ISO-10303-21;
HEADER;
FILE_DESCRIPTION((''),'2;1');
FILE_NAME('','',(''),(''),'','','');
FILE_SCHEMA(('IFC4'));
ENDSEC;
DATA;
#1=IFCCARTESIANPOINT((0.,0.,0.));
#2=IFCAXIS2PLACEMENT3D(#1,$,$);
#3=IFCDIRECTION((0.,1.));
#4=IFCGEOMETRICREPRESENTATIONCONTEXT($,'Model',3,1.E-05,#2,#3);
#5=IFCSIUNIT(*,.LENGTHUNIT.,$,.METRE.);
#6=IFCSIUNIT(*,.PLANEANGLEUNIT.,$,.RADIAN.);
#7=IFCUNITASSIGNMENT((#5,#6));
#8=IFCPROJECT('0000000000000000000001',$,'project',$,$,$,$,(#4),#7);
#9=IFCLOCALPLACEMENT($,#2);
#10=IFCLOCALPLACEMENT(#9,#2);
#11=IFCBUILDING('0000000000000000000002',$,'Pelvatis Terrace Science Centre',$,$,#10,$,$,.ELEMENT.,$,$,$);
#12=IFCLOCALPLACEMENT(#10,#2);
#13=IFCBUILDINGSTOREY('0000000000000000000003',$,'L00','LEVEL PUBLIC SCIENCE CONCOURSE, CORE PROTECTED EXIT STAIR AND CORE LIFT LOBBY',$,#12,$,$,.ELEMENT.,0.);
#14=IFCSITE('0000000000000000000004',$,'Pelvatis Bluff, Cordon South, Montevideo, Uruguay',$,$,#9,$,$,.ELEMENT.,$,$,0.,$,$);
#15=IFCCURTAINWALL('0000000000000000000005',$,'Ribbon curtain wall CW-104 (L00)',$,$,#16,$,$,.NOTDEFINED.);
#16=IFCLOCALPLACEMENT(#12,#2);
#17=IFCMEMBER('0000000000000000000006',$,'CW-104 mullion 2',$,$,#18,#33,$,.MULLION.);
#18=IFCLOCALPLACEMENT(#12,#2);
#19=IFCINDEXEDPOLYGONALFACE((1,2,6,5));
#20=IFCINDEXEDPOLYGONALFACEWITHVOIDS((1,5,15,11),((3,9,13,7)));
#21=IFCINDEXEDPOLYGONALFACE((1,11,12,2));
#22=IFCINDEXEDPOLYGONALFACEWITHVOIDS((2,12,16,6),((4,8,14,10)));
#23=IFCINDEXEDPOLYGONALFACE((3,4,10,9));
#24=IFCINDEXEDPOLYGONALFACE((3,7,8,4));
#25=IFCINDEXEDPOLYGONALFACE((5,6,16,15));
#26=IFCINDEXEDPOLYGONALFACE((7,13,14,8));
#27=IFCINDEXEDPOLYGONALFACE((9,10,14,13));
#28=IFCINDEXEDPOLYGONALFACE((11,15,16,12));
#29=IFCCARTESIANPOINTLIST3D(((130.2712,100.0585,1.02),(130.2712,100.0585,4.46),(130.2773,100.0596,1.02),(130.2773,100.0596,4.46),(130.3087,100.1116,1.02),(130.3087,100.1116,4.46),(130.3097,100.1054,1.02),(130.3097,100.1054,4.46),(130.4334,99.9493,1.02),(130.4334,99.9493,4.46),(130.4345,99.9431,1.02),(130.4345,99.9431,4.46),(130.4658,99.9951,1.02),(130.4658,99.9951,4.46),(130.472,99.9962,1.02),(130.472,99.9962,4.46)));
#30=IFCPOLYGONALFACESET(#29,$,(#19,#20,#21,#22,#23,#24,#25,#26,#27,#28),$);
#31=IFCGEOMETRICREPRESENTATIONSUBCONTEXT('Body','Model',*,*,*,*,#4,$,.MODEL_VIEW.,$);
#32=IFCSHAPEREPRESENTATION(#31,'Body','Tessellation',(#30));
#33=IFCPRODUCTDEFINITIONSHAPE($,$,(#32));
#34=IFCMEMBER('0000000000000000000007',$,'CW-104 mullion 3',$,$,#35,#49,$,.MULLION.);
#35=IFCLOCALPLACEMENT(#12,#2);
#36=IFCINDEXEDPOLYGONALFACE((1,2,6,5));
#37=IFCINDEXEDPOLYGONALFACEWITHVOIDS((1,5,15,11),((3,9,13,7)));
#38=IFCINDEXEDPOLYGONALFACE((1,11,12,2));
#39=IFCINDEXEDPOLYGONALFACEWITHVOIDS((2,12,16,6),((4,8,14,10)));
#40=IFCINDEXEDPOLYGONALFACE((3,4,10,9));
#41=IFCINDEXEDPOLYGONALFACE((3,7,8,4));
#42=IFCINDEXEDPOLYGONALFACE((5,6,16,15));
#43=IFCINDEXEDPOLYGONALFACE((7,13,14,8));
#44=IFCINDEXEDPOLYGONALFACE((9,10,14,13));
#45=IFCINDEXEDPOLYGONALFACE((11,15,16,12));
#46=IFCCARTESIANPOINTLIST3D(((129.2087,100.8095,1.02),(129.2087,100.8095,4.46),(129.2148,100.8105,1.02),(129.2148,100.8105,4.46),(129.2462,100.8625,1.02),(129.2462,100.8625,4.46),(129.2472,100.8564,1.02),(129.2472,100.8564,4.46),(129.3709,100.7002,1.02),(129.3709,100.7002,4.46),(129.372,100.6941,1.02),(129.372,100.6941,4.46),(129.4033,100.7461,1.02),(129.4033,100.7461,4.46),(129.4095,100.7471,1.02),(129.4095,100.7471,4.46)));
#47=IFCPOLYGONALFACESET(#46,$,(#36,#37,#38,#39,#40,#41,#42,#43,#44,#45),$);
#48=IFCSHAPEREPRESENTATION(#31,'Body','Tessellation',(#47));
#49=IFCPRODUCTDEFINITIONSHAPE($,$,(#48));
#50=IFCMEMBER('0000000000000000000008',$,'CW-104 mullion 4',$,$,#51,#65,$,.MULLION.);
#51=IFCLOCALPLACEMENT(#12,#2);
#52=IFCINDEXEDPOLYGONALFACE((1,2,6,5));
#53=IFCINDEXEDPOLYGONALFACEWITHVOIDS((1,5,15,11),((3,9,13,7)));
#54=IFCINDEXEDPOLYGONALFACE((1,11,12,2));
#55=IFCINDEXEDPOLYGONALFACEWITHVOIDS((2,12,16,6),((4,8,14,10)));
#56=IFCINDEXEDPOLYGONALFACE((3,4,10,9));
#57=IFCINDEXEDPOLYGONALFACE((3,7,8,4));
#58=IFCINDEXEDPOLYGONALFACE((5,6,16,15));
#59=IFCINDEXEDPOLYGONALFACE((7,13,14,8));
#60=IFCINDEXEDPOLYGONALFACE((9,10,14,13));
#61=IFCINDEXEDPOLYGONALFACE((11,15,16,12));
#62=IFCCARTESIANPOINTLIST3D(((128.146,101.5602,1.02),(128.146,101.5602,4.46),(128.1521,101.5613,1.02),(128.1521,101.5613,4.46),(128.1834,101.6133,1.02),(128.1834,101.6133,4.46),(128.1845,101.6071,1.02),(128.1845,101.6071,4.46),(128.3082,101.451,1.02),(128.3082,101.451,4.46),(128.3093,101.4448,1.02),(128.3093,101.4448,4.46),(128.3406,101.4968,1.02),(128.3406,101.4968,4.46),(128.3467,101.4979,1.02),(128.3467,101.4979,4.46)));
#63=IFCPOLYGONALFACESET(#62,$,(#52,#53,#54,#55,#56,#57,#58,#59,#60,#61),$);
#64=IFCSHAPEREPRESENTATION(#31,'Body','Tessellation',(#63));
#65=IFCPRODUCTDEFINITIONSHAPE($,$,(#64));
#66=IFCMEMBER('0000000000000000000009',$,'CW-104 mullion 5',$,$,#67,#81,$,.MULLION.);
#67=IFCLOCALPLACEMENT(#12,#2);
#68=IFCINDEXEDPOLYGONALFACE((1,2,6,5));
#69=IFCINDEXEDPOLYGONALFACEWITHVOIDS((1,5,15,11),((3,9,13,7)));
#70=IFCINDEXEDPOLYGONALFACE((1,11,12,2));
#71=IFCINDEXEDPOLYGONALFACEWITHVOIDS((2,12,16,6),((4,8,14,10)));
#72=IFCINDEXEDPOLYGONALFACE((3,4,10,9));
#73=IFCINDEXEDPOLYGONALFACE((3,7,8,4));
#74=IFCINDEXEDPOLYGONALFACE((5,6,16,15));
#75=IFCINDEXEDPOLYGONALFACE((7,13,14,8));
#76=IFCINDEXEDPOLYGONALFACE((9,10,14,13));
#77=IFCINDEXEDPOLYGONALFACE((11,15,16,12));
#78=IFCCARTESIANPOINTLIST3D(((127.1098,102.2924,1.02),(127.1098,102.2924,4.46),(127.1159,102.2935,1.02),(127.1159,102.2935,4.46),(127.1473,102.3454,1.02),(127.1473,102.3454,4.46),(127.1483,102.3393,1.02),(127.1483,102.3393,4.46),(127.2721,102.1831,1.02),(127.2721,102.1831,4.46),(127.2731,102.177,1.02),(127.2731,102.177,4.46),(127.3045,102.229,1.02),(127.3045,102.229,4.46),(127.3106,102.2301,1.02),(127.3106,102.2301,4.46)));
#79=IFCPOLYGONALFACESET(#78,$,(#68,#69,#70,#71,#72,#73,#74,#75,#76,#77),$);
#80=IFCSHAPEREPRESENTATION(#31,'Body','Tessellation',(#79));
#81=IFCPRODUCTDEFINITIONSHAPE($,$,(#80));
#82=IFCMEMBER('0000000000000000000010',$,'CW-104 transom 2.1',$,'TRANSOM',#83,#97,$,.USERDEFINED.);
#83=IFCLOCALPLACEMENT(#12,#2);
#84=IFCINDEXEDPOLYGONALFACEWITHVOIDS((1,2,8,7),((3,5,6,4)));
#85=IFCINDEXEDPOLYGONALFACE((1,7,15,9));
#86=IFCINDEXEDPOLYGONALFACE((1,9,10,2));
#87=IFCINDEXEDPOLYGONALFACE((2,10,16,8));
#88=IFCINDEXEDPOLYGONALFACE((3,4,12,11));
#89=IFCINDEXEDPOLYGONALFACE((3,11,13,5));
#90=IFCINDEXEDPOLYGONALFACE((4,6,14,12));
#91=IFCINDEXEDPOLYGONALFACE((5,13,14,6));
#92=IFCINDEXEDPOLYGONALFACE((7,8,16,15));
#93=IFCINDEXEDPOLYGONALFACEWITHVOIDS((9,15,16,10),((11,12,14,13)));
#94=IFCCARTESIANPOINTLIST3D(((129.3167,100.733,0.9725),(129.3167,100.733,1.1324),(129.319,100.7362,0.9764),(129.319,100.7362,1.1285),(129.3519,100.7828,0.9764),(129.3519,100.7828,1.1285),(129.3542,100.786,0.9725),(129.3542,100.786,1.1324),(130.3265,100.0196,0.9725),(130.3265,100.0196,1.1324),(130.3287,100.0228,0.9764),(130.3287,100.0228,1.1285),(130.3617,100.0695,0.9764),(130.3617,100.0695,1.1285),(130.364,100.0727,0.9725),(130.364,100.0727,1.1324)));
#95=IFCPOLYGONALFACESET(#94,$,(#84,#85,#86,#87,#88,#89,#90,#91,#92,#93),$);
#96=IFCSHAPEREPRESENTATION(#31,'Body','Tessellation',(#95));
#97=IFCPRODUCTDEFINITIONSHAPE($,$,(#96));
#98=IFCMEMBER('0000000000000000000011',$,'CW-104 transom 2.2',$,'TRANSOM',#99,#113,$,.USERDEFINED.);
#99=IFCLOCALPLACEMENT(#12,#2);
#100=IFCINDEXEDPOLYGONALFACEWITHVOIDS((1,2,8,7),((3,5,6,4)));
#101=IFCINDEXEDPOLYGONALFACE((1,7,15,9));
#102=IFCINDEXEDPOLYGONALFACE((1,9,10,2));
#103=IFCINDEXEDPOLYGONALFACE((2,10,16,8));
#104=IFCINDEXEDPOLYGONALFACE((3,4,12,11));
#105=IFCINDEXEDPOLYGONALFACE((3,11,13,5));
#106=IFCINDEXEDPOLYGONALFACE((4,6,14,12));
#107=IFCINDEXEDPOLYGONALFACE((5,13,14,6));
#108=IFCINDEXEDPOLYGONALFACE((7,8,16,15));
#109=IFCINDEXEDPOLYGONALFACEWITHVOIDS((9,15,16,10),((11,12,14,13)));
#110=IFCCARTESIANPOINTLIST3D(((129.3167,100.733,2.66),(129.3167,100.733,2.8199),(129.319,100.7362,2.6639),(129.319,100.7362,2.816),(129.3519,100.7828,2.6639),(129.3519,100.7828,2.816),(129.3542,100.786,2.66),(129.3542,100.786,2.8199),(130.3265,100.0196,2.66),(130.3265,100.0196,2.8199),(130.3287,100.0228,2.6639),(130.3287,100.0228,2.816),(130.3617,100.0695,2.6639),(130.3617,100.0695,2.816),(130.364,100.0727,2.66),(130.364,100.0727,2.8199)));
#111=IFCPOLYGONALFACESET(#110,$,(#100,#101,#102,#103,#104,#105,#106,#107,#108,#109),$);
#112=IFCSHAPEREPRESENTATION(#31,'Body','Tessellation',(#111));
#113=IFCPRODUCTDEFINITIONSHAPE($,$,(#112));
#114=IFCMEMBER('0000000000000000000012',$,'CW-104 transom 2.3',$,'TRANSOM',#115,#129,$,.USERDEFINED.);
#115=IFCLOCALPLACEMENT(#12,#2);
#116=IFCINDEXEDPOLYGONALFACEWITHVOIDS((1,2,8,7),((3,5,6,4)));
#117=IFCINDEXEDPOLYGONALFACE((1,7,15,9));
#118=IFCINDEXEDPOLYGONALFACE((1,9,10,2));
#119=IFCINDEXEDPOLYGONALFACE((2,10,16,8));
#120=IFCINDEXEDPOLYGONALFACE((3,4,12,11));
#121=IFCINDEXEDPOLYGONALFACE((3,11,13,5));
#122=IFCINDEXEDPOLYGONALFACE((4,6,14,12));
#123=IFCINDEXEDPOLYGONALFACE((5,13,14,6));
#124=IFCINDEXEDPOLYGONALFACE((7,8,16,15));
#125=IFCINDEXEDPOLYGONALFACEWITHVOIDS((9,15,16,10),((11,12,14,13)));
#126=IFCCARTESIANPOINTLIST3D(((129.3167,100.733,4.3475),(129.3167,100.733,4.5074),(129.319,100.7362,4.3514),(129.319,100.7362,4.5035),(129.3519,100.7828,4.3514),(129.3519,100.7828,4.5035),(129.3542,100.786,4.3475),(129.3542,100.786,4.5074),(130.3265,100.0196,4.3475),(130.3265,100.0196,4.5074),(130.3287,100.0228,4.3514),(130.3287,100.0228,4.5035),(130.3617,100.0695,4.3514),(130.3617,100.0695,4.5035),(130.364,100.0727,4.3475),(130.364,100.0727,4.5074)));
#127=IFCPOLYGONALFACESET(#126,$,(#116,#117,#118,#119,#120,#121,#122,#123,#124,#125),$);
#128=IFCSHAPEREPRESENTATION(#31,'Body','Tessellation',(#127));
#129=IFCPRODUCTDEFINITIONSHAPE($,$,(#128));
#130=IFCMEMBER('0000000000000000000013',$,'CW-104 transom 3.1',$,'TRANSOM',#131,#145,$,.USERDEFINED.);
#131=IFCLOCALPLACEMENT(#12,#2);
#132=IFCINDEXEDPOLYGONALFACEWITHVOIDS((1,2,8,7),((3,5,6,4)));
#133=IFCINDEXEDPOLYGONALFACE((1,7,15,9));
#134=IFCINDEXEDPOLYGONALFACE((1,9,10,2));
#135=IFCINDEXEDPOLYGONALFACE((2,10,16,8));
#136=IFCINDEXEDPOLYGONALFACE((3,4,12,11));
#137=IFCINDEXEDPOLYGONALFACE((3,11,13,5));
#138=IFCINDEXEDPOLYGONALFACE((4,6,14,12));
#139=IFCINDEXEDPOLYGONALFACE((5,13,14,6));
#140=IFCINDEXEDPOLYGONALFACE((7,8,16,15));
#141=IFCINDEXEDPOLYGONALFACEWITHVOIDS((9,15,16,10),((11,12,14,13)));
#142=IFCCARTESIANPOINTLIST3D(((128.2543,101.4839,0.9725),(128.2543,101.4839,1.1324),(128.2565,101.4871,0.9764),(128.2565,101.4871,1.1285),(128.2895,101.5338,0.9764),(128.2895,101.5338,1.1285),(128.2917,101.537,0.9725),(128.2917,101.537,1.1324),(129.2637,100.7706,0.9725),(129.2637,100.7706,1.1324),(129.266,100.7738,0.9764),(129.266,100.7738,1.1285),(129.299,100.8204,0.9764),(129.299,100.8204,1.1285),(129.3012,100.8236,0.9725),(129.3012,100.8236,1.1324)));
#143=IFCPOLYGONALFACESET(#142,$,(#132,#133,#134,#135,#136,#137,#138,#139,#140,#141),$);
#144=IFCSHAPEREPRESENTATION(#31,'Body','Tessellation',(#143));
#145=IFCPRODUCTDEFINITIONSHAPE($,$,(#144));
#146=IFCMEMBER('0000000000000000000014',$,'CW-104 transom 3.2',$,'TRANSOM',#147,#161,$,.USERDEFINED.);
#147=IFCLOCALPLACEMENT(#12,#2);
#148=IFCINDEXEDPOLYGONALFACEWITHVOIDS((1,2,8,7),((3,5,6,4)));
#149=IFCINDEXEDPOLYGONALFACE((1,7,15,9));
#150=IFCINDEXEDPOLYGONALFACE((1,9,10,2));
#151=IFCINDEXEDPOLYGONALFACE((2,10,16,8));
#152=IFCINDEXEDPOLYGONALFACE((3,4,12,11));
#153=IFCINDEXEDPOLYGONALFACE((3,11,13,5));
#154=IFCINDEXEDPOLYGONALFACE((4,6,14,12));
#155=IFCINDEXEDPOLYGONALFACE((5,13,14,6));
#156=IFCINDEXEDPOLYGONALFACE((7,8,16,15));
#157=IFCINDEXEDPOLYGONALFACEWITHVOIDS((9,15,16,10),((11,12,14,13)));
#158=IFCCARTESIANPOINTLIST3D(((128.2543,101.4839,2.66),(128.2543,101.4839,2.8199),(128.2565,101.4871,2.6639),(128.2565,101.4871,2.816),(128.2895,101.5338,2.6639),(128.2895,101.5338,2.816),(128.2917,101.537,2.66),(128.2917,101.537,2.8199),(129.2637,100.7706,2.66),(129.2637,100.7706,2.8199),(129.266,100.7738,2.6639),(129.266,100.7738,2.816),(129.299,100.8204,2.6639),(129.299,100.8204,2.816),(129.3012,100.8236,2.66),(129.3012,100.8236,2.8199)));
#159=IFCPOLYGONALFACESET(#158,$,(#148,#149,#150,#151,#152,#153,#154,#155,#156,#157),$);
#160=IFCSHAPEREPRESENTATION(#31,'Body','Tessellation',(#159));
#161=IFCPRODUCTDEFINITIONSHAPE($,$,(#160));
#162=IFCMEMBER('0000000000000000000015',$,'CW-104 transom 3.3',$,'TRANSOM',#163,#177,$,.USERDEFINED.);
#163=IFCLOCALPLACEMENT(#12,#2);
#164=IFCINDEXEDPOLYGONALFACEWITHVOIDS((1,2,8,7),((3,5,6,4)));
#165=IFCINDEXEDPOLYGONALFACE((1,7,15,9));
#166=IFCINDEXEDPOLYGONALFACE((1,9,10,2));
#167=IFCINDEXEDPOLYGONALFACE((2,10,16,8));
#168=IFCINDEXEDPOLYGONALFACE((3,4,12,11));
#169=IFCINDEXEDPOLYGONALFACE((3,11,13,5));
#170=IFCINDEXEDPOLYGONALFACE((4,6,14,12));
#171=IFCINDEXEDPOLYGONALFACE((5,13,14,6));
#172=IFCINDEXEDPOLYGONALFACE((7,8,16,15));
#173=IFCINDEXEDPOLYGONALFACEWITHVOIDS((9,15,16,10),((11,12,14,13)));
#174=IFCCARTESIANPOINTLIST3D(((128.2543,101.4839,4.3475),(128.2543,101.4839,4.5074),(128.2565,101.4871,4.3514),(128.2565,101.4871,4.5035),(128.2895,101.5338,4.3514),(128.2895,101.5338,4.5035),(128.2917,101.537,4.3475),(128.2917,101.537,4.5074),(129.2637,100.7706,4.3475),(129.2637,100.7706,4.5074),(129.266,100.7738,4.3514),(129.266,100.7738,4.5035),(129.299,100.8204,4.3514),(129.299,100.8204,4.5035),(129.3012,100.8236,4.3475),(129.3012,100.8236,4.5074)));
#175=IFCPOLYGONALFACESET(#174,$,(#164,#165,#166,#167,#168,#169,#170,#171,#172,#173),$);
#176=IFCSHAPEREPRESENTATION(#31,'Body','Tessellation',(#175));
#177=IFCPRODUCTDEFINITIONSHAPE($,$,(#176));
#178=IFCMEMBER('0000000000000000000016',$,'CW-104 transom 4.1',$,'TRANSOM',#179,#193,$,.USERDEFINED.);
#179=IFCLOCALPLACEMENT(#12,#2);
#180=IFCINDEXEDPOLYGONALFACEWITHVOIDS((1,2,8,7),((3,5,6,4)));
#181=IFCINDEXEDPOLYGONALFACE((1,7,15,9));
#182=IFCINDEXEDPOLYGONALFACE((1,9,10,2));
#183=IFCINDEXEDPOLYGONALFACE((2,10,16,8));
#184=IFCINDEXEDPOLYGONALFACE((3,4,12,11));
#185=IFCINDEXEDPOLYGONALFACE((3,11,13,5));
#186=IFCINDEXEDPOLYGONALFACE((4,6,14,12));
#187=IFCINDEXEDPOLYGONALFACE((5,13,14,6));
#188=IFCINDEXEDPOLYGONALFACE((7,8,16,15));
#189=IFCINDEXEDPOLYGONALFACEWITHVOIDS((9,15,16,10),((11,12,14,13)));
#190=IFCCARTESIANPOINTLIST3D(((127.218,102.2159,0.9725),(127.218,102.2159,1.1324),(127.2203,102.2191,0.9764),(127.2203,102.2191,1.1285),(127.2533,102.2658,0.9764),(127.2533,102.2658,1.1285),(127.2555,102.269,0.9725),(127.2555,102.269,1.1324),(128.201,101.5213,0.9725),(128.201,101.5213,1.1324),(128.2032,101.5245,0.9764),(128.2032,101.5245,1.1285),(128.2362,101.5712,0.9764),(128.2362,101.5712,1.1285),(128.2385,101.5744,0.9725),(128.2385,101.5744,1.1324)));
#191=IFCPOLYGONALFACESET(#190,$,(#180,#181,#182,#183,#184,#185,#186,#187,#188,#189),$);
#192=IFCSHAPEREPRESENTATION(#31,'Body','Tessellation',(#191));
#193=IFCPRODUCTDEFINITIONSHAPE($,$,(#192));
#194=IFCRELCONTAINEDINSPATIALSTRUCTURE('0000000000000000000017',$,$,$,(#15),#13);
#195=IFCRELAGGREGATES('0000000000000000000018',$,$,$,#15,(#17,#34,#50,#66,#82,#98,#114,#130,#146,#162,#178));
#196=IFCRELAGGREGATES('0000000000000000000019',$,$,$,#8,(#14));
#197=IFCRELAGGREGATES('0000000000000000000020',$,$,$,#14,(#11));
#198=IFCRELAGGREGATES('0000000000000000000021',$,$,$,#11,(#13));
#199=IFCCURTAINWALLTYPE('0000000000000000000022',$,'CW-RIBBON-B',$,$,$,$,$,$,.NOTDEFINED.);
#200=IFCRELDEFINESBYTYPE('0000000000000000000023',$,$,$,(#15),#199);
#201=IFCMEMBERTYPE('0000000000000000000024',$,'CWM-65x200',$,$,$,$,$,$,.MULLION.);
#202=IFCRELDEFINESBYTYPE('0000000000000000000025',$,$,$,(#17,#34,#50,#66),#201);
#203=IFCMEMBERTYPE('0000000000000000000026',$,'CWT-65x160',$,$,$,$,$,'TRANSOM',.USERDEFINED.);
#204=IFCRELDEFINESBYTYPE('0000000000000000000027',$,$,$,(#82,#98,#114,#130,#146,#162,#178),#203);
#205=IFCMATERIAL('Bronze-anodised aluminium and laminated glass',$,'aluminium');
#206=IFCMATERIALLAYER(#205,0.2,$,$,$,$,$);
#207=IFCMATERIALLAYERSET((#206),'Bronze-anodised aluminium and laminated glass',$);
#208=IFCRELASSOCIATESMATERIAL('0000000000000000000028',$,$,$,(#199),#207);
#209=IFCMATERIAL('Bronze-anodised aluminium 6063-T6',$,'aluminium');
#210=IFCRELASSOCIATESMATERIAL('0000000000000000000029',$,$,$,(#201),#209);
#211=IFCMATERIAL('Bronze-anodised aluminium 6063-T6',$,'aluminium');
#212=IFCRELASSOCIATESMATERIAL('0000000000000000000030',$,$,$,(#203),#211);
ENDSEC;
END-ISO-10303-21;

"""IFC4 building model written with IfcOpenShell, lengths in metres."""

from ifc_helpers import new_model, si_unit, direction, frame, origin, origin_2d, place, context, subcontext, project, spatial, hollow_rectangle, extrude, material, layer, layer_set, material_profile, profile_set, type_object, element, aggregate, save


model = new_model("IFC4")

# Units and contexts
model_context = context("Model", 3, precision=1e-05, world=origin(), true_north=direction((0.0, 1.0)))
body_context = subcontext(model_context, "Body", "Model", "MODEL_VIEW")
ifc_project = project(units=[si_unit("LENGTHUNIT", "METRE"), si_unit("PLANEANGLEUNIT", "RADIAN")], contexts=[model_context])

# Site, building, storey
site_placement = place(None, origin())
site = spatial("IfcSite", under=ifc_project, at=site_placement, Name="Pelvatis Bluff, Cordon South, Montevideo, Uruguay", CompositionType="ELEMENT", RefElevation=0.0)
building_placement = place(site_placement, origin())
building = spatial("IfcBuilding", under=site, at=building_placement, Name="Pelvatis Terrace Science Centre", CompositionType="ELEMENT")
storey_placement = place(building_placement, origin())
storey = spatial("IfcBuildingStorey", under=building, at=storey_placement, Name="L00", Description="LEVEL PUBLIC SCIENCE CONCOURSE, CORE PROTECTED EXIT STAIR AND CORE LIFT LOBBY", CompositionType="ELEMENT", Elevation=0.0)

# Curtain wall, members
ifc_material_1 = material(Name="Bronze-anodised aluminium and laminated glass", Category="aluminium")
ifc_layer_1 = layer(ifc_material_1, 0.2)
ifc_layer_set_1 = layer_set([ifc_layer_1], Name="Bronze-anodised aluminium and laminated glass")
curtain_wall_type = type_object("IfcCurtainWallType", Name="CW-RIBBON-B", PredefinedType="NOTDEFINED", material=ifc_layer_set_1)
curtain_wall_placement = place(storey_placement, origin())
curtain_wall = element("IfcCurtainWall", 1, at=curtain_wall_placement, inside=storey, type_object=curtain_wall_type, Name="Ribbon curtain wall CW-104 (L00)", PredefinedType="NOTDEFINED")
ifc_material_2 = material(Name="Bronze-anodised aluminium 6063-T6", Category="aluminium")
ifc_material_profile_1 = material_profile(ifc_material_2, hollow_rectangle(XDim=0.0649, YDim=0.2, WallThickness=0.0044, at=origin_2d()), Name="ALU-MUL 65x200")
ifc_profile_set_1 = profile_set([ifc_material_profile_1], Name="Bronze-anodised aluminium 6063-T6")
member_type_1 = type_object("IfcMemberType", Name="CWM-65x200", PredefinedType="MULLION", material=ifc_profile_set_1)
member_1_placement = place(storey_placement, frame((130.3716, 100.0273, 1.02), z_axis=(0.0, 0.0, 1.0), x_axis=(-0.577065, -0.816698, 0.0)))
member_1 = element("IfcMember", 2, at=member_1_placement, type_object=member_type_1, Name="CW-104 mullion 2", PredefinedType="MULLION", context=body_context, shape_type="SweptSolid", body=[
    extrude(hollow_rectangle(XDim=0.0649, YDim=0.2, WallThickness=0.0044, at=origin_2d()), origin(), (0.0, 0.0, 1.0), 3.4399),
])
member_2_placement = place(storey_placement, frame((129.3091, 100.7783, 1.02), z_axis=(0.0, 0.0, 1.0), x_axis=(-0.577065, -0.816698, 0.0)))
member_2 = element("IfcMember", 3, at=member_2_placement, type_object=member_type_1, Name="CW-104 mullion 3", PredefinedType="MULLION", context=body_context, shape_type="SweptSolid", body=[
    extrude(hollow_rectangle(XDim=0.0649, YDim=0.2, WallThickness=0.0044, at=origin_2d()), origin(), (0.0, 0.0, 1.0), 3.4399),
])
member_3_placement = place(storey_placement, frame((128.2463, 101.5291, 1.02), z_axis=(0.0, 0.0, 1.0), x_axis=(-0.577065, -0.816698, 0.0)))
member_3 = element("IfcMember", 4, at=member_3_placement, type_object=member_type_1, Name="CW-104 mullion 4", PredefinedType="MULLION", context=body_context, shape_type="SweptSolid", body=[
    extrude(hollow_rectangle(XDim=0.0649, YDim=0.2, WallThickness=0.0044, at=origin_2d()), origin(), (0.0, 0.0, 1.0), 3.4399),
])
member_4_placement = place(storey_placement, frame((127.2102, 102.2612, 1.02), z_axis=(0.0, 0.0, 1.0), x_axis=(-0.577065, -0.816698, 0.0)))
member_4 = element("IfcMember", 5, at=member_4_placement, type_object=member_type_1, Name="CW-104 mullion 5", PredefinedType="MULLION", context=body_context, shape_type="SweptSolid", body=[
    extrude(hollow_rectangle(XDim=0.0649, YDim=0.2, WallThickness=0.0044, at=origin_2d()), origin(), (0.0, 0.0, 1.0), 3.4399),
])
ifc_material_3 = material(Name="Bronze-anodised aluminium 6063-T6", Category="aluminium")
ifc_material_profile_2 = material_profile(ifc_material_3, hollow_rectangle(XDim=0.0649, YDim=0.1599, WallThickness=0.0039, at=origin_2d()), Name="ALU-TRN 65x160")
ifc_profile_set_2 = profile_set([ifc_material_profile_2], Name="Bronze-anodised aluminium 6063-T6")
member_type_2 = type_object("IfcMemberType", Name="CWT-65x160", ElementType="TRANSOM", PredefinedType="USERDEFINED", material=ifc_profile_set_2)
member_5_placement = place(storey_placement, frame((130.3452, 100.0461, 1.0525), z_axis=(-0.816738, 0.577009, 0.0), x_axis=(-0.577009, -0.816738, 0.0)))
member_5 = element("IfcMember", 6, at=member_5_placement, type_object=member_type_2, Name="CW-104 transom 2.1", ObjectType="TRANSOM", PredefinedType="USERDEFINED", context=body_context, shape_type="SweptSolid", body=[
    extrude(hollow_rectangle(XDim=0.0649, YDim=0.1599, WallThickness=0.0039, at=origin_2d()), origin(), (0.0, 0.0, 1.0), 1.2363),
])
member_6_placement = place(storey_placement, frame((130.3452, 100.0461, 2.74), z_axis=(-0.816738, 0.577009, 0.0), x_axis=(-0.577009, -0.816738, 0.0)))
member_6 = element("IfcMember", 7, at=member_6_placement, type_object=member_type_2, Name="CW-104 transom 2.2", ObjectType="TRANSOM", PredefinedType="USERDEFINED", context=body_context, shape_type="SweptSolid", body=[
    extrude(hollow_rectangle(XDim=0.0649, YDim=0.1599, WallThickness=0.0039, at=origin_2d()), origin(), (0.0, 0.0, 1.0), 1.2363),
])
member_7_placement = place(storey_placement, frame((130.3452, 100.0461, 4.4275), z_axis=(-0.816738, 0.577009, 0.0), x_axis=(-0.577009, -0.816738, 0.0)))
member_7 = element("IfcMember", 8, at=member_7_placement, type_object=member_type_2, Name="CW-104 transom 2.3", ObjectType="TRANSOM", PredefinedType="USERDEFINED", context=body_context, shape_type="SweptSolid", body=[
    extrude(hollow_rectangle(XDim=0.0649, YDim=0.1599, WallThickness=0.0039, at=origin_2d()), origin(), (0.0, 0.0, 1.0), 1.2363),
])
member_8_placement = place(storey_placement, frame((129.2825, 100.7971, 1.0525), z_axis=(-0.816672, 0.577102, 0.0), x_axis=(-0.577102, -0.816672, 0.0)))
member_8 = element("IfcMember", 9, at=member_8_placement, type_object=member_type_2, Name="CW-104 transom 3.1", ObjectType="TRANSOM", PredefinedType="USERDEFINED", context=body_context, shape_type="SweptSolid", body=[
    extrude(hollow_rectangle(XDim=0.0649, YDim=0.1599, WallThickness=0.0039, at=origin_2d()), origin(), (0.0, 0.0, 1.0), 1.2361),
])
member_9_placement = place(storey_placement, frame((129.2825, 100.7971, 2.74), z_axis=(-0.816672, 0.577102, 0.0), x_axis=(-0.577102, -0.816672, 0.0)))
member_9 = element("IfcMember", 10, at=member_9_placement, type_object=member_type_2, Name="CW-104 transom 3.2", ObjectType="TRANSOM", PredefinedType="USERDEFINED", context=body_context, shape_type="SweptSolid", body=[
    extrude(hollow_rectangle(XDim=0.0649, YDim=0.1599, WallThickness=0.0039, at=origin_2d()), origin(), (0.0, 0.0, 1.0), 1.2361),
])
member_10_placement = place(storey_placement, frame((129.2825, 100.7971, 4.4275), z_axis=(-0.816672, 0.577102, 0.0), x_axis=(-0.577102, -0.816672, 0.0)))
member_10 = element("IfcMember", 11, at=member_10_placement, type_object=member_type_2, Name="CW-104 transom 3.3", ObjectType="TRANSOM", PredefinedType="USERDEFINED", context=body_context, shape_type="SweptSolid", body=[
    extrude(hollow_rectangle(XDim=0.0649, YDim=0.1599, WallThickness=0.0039, at=origin_2d()), origin(), (0.0, 0.0, 1.0), 1.2361),
])
member_11_placement = place(storey_placement, frame((128.2197, 101.5479, 1.0525), z_axis=(-0.81667, 0.577105, 0.0), x_axis=(-0.577105, -0.81667, 0.0)))
member_11 = element("IfcMember", 12, at=member_11_placement, type_object=member_type_2, Name="CW-104 transom 4.1", ObjectType="TRANSOM", PredefinedType="USERDEFINED", context=body_context, shape_type="SweptSolid", body=[
    extrude(hollow_rectangle(XDim=0.0649, YDim=0.1599, WallThickness=0.0039, at=origin_2d()), origin(), (0.0, 0.0, 1.0), 1.2036),
])
aggregate(curtain_wall, [member_1, member_2, member_3, member_4, member_5, member_6, member_7, member_8, member_9, member_10, member_11])

save(model, "model.ifc")
